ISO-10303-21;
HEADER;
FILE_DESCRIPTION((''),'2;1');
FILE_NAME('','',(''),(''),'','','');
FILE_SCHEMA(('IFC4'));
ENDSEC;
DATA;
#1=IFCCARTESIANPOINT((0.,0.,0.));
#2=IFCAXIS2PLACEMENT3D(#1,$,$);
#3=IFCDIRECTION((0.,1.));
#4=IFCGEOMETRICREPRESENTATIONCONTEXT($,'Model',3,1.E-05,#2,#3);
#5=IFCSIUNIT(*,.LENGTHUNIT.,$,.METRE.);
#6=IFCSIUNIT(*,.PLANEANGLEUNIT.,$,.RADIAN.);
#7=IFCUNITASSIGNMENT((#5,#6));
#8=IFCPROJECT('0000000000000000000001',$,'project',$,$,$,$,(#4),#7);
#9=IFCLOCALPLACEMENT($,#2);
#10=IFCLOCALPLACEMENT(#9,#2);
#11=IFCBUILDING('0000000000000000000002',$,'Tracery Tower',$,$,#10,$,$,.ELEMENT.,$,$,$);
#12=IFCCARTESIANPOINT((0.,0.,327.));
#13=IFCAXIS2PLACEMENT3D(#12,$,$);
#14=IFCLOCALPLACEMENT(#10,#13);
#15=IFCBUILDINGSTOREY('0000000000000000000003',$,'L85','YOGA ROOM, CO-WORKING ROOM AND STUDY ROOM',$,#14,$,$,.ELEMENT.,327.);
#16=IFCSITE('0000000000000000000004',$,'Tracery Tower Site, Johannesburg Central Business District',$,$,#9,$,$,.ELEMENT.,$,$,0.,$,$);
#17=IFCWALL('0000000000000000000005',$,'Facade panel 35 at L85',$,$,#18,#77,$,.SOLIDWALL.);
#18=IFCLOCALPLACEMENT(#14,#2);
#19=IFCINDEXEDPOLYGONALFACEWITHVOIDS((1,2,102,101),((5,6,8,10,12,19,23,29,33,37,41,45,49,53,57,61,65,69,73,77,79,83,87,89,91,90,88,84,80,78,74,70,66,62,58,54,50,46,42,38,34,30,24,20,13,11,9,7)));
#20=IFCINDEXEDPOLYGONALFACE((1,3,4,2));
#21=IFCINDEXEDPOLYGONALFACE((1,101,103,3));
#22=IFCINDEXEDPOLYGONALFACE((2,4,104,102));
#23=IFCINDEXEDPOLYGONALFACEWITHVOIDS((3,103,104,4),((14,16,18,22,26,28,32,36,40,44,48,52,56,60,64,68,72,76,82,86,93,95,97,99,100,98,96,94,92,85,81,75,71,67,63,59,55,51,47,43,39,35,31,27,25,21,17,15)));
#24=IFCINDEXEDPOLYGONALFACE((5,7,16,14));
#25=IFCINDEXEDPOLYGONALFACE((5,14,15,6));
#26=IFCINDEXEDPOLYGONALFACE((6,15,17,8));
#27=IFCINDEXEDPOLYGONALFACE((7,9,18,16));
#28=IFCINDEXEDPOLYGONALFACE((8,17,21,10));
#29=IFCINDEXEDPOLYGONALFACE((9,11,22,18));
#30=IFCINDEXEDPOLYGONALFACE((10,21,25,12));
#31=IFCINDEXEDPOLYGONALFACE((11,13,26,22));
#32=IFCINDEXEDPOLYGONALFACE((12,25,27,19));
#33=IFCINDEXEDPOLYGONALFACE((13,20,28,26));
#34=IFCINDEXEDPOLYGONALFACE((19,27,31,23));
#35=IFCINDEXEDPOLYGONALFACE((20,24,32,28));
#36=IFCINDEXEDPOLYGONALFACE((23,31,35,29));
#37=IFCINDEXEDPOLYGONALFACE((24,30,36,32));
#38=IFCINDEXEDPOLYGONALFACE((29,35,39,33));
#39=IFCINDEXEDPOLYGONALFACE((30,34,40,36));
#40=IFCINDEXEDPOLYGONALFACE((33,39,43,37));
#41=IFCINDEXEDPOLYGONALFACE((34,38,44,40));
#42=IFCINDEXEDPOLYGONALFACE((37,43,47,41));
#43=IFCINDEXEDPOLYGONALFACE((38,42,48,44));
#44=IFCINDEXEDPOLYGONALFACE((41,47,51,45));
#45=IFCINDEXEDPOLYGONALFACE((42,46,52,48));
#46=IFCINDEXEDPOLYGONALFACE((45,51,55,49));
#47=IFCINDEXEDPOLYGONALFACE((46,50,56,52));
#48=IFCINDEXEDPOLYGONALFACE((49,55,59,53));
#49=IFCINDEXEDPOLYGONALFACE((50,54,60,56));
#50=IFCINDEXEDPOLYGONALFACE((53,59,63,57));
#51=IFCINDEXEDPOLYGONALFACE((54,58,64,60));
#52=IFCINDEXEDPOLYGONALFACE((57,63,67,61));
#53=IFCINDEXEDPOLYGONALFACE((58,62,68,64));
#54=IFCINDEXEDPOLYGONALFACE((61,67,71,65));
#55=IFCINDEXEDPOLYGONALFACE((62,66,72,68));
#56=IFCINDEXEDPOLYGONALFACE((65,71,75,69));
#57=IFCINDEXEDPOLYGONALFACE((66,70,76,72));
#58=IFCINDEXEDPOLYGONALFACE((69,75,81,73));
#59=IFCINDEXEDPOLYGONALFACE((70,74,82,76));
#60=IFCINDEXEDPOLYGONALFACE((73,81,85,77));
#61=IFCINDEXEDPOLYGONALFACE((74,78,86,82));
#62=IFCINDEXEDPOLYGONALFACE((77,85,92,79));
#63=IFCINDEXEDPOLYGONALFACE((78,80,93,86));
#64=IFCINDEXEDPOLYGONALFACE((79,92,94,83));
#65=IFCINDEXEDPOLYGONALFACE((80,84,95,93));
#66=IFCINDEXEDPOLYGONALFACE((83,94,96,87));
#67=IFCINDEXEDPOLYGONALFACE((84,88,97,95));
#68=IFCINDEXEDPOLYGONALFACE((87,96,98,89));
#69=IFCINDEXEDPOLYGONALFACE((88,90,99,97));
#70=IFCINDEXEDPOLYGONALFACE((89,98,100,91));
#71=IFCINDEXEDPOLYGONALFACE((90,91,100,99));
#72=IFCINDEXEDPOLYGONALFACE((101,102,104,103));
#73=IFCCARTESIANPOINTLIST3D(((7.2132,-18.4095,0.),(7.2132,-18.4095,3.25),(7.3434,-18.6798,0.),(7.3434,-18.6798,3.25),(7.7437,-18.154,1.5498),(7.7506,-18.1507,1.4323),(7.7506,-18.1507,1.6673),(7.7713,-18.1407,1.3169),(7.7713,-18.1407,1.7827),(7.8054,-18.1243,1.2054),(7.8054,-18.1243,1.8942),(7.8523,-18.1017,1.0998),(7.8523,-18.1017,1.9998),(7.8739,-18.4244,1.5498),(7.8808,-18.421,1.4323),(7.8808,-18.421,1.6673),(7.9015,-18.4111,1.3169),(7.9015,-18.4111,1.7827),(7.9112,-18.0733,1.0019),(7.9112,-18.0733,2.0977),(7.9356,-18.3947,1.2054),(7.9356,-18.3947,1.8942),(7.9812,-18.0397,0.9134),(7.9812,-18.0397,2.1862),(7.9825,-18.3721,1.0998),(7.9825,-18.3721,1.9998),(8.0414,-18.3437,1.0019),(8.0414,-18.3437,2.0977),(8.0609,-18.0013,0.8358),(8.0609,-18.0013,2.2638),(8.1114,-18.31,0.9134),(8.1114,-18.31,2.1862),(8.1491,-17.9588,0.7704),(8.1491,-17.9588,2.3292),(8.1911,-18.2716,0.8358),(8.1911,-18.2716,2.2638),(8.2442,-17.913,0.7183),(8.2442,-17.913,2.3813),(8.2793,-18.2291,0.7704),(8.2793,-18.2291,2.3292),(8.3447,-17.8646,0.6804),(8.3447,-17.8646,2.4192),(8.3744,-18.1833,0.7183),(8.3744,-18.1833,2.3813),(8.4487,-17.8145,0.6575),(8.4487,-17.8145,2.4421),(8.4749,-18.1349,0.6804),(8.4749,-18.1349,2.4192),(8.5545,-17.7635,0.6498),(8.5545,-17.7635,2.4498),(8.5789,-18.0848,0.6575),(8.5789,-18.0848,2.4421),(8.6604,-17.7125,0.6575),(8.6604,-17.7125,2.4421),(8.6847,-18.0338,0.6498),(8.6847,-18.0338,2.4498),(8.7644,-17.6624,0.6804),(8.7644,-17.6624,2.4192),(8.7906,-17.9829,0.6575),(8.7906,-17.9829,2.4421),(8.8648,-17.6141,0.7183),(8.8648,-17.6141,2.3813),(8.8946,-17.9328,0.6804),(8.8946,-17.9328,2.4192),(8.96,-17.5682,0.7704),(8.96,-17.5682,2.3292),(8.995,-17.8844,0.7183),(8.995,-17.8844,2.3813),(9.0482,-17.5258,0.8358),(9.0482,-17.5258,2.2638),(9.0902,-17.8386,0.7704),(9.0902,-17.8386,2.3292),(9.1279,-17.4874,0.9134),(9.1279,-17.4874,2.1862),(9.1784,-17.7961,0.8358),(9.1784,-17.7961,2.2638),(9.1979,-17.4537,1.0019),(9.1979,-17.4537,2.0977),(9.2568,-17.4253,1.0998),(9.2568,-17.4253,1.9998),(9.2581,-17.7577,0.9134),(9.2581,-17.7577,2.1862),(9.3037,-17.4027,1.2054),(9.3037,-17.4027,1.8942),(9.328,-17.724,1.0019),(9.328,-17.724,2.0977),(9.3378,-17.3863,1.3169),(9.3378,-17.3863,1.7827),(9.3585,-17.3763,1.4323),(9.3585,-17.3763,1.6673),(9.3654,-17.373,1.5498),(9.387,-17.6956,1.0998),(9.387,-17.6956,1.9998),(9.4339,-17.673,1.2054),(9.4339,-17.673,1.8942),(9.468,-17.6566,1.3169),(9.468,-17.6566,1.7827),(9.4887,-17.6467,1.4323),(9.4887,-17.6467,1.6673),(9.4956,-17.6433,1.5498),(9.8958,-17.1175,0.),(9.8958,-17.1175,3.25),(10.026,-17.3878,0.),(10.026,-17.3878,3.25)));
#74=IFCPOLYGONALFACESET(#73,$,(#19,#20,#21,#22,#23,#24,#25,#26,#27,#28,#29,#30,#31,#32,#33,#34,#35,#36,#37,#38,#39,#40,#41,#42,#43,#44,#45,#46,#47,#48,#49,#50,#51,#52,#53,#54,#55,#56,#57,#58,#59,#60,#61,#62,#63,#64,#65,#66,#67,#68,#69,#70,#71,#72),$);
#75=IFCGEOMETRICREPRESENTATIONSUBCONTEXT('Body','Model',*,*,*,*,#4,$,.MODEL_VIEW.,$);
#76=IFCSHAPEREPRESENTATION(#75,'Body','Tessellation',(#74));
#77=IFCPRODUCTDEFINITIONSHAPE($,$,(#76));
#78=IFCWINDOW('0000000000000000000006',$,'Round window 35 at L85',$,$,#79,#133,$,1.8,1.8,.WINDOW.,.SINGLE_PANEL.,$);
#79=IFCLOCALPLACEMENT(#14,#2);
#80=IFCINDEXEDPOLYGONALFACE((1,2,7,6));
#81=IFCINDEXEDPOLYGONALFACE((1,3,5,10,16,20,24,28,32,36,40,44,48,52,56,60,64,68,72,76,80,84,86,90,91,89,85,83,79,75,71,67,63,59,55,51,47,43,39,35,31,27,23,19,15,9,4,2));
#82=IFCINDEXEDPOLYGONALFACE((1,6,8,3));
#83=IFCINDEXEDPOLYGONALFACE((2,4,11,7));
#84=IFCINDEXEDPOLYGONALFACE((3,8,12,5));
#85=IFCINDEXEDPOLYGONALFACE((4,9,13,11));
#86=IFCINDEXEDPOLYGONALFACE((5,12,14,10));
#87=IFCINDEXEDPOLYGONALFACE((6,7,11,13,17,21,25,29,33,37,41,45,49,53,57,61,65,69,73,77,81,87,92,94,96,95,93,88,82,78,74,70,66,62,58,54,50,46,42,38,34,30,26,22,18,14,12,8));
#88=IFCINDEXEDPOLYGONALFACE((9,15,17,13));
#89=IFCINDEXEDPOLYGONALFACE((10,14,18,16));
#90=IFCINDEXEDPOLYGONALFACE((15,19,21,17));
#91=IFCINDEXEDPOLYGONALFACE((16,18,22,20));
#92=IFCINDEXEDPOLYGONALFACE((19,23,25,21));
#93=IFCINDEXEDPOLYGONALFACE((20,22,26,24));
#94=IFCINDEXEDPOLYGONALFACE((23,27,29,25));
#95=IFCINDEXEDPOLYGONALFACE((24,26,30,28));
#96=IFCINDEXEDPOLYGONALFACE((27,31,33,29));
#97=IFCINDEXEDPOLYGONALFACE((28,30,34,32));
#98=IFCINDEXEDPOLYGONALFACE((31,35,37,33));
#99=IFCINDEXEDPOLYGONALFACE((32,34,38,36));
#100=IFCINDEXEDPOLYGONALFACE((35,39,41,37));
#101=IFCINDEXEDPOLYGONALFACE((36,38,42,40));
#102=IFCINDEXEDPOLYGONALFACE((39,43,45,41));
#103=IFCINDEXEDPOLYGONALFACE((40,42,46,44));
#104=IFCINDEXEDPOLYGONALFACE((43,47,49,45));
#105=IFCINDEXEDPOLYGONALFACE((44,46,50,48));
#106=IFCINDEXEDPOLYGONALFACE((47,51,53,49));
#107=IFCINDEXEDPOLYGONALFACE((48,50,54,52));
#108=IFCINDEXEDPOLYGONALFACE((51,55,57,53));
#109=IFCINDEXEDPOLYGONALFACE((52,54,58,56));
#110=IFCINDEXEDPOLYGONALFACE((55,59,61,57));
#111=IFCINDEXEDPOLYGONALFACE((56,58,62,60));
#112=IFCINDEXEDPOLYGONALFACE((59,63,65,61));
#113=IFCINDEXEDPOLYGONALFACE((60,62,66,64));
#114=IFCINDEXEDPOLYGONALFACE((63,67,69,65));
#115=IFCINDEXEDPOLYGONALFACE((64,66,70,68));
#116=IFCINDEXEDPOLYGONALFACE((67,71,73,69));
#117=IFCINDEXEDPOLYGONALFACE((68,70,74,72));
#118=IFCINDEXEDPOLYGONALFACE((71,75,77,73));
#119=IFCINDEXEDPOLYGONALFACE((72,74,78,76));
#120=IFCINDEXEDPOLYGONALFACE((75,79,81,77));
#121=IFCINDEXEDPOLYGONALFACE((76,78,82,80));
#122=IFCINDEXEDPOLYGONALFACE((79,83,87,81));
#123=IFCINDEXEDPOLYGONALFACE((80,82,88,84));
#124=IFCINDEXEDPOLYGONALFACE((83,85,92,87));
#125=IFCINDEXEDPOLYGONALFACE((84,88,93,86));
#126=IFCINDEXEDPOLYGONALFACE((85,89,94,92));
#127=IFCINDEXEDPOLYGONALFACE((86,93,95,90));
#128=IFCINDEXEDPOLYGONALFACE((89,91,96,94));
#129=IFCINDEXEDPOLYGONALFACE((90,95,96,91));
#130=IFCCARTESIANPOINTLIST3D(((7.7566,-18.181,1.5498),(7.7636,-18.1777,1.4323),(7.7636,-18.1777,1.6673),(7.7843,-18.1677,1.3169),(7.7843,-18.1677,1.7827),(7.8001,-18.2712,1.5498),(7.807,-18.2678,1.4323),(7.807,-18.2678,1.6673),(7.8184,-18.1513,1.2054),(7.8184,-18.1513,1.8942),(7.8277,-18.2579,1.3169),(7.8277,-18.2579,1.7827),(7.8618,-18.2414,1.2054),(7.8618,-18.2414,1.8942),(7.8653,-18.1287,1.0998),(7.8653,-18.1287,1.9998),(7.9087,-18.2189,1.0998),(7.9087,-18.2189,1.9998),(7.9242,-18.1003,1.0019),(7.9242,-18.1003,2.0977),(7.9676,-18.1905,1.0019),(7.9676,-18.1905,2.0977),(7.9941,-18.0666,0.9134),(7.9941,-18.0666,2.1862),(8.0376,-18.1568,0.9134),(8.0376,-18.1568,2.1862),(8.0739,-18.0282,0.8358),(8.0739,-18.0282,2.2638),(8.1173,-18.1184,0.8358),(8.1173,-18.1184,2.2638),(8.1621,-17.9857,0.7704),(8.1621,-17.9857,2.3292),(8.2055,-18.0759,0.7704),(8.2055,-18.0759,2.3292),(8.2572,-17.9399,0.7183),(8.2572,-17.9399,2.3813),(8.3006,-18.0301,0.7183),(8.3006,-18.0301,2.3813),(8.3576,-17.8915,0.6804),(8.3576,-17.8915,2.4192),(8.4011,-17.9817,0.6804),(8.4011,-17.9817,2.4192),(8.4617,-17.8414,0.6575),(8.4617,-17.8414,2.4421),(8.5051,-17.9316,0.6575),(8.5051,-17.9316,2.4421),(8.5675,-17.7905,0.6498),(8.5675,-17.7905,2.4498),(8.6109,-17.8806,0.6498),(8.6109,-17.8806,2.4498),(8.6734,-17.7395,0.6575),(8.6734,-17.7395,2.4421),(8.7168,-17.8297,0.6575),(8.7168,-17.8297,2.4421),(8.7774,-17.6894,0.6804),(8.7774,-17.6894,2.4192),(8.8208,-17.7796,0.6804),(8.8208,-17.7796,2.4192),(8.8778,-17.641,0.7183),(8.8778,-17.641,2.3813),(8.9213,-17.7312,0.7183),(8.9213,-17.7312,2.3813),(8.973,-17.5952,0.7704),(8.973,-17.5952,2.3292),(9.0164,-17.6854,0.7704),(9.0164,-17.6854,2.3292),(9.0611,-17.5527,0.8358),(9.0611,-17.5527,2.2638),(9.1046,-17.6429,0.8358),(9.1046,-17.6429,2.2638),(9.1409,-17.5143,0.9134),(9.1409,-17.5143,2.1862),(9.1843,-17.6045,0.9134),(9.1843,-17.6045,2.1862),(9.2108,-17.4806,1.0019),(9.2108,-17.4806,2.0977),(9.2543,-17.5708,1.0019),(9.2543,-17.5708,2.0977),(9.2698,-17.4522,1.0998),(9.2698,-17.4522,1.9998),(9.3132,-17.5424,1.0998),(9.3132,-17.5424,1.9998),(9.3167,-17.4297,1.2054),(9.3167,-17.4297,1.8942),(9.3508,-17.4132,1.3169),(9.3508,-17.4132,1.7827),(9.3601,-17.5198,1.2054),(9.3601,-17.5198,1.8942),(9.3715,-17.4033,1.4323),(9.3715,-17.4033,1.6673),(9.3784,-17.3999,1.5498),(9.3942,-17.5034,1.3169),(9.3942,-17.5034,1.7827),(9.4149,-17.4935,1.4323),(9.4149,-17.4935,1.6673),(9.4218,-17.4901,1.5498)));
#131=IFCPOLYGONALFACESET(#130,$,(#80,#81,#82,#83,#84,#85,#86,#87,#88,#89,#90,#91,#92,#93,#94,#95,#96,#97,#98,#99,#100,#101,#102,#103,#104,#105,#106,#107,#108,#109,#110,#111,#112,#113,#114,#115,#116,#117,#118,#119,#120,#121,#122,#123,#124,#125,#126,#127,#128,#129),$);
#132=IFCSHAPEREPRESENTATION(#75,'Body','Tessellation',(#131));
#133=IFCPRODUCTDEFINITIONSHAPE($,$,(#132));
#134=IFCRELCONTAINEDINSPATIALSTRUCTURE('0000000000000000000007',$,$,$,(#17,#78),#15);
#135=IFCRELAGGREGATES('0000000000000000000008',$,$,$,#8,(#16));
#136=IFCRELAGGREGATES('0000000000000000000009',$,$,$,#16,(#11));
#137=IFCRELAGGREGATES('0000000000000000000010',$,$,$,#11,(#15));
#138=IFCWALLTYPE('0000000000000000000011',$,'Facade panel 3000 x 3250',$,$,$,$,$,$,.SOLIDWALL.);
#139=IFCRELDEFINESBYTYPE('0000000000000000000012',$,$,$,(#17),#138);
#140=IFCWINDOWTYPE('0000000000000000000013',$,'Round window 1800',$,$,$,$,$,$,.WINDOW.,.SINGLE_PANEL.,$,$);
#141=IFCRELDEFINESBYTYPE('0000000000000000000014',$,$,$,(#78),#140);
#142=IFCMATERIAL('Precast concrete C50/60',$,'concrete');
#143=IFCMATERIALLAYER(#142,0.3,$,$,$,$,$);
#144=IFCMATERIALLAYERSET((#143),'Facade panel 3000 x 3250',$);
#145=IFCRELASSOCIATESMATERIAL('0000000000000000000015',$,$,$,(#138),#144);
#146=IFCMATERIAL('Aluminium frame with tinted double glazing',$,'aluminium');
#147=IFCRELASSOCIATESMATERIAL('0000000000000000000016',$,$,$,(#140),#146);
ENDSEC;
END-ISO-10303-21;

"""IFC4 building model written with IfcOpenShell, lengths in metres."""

from ifc_helpers import new_model, si_unit, direction, frame, frame_2d, origin, origin_2d, place, context, subcontext, project, spatial, rectangle, circle, extrude, material, layer, layer_set, type_object, element, fill, save


model = new_model("IFC4")

# Units and contexts
model_context = context("Model", 3, precision=1e-05, world=origin(), true_north=direction((0.0, 1.0)))
body_context = subcontext(model_context, "Body", "Model", "MODEL_VIEW")
ifc_project = project(units=[si_unit("LENGTHUNIT", "METRE"), si_unit("PLANEANGLEUNIT", "RADIAN")], contexts=[model_context])

# Site, building, storey
site_placement = place(None, origin())
site = spatial("IfcSite", under=ifc_project, at=site_placement, Name="Tracery Tower Site, Johannesburg Central Business District", CompositionType="ELEMENT", RefElevation=0.0)
building_placement = place(site_placement, origin())
building = spatial("IfcBuilding", under=site, at=building_placement, Name="Tracery Tower", CompositionType="ELEMENT")
storey_placement = place(building_placement, frame((0.0, 0.0, 327.0)))
storey = spatial("IfcBuildingStorey", under=building, at=storey_placement, Name="L85", Description="YOGA ROOM, CO-WORKING ROOM AND STUDY ROOM", CompositionType="ELEMENT", Elevation=327.0)

# Wall, opening, window
ifc_material_1 = material(Name="Precast concrete C50/60", Category="concrete")
ifc_layer_1 = layer(ifc_material_1, 0.3)
ifc_layer_set_1 = layer_set([ifc_layer_1], Name="Facade panel 3000 x 3250")
wall_type_1 = type_object("IfcWallType", Name="Facade panel 3000 x 3250", PredefinedType="SOLIDWALL", material=ifc_layer_set_1)
wall_1_placement = place(storey_placement, frame((7.2783, -18.5447, 0.0), z_axis=(0.0, 0.0, 1.0), x_axis=(0.900954, 0.433914, 0.0)))
wall_1 = element("IfcWall", 1, at=wall_1_placement, inside=storey, type_object=wall_type_1, Name="Facade panel 35 at L85", PredefinedType="SOLIDWALL", context=body_context, shape_type="SweptSolid", body=[
    extrude(rectangle(XDim=2.9775, YDim=0.3, at=frame_2d((1.4888, 0.0))), origin(), (0.0, 0.0, 1.0), 3.25),
])
opening_1_placement = place(wall_1_placement, frame((1.4888, 0.0, 1.5498)))
opening_1 = element("IfcOpeningElement", 2, at=opening_1_placement, cuts=wall_1, PredefinedType="OPENING", context=body_context, shape_type="SweptSolid", body=[
    extrude(circle(Radius=0.9, at=origin_2d()), frame((0.0, 0.1599, 0.0), z_axis=(0.0, -1.0, 0.0), x_axis=(1.0, 0.0, 0.0)), (0.0, 0.0, 1.0), 0.3201),
])
ifc_material_2 = material(Name="Aluminium frame with tinted double glazing", Category="aluminium")
window_type = type_object("IfcWindowType", Name="Round window 1800", PartitioningType="SINGLE_PANEL", PredefinedType="WINDOW", material=ifc_material_2)
window_1_placement = place(opening_1_placement, origin())
window_1 = element("IfcWindow", 3, at=window_1_placement, inside=storey, type_object=window_type, Name="Round window 35 at L85", OverallHeight=1.8, OverallWidth=1.8, PartitioningType="SINGLE_PANEL", PredefinedType="WINDOW", context=body_context, shape_type="SweptSolid", body=[
    extrude(circle(Radius=0.9, at=origin_2d()), frame((0.0, 0.1201, 0.0), z_axis=(0.0, -1.0, 0.0), x_axis=(1.0, 0.0, 0.0)), (0.0, 0.0, 1.0), 0.1001),
])
fill(opening_1, window_1)

save(model, "model.ifc")
